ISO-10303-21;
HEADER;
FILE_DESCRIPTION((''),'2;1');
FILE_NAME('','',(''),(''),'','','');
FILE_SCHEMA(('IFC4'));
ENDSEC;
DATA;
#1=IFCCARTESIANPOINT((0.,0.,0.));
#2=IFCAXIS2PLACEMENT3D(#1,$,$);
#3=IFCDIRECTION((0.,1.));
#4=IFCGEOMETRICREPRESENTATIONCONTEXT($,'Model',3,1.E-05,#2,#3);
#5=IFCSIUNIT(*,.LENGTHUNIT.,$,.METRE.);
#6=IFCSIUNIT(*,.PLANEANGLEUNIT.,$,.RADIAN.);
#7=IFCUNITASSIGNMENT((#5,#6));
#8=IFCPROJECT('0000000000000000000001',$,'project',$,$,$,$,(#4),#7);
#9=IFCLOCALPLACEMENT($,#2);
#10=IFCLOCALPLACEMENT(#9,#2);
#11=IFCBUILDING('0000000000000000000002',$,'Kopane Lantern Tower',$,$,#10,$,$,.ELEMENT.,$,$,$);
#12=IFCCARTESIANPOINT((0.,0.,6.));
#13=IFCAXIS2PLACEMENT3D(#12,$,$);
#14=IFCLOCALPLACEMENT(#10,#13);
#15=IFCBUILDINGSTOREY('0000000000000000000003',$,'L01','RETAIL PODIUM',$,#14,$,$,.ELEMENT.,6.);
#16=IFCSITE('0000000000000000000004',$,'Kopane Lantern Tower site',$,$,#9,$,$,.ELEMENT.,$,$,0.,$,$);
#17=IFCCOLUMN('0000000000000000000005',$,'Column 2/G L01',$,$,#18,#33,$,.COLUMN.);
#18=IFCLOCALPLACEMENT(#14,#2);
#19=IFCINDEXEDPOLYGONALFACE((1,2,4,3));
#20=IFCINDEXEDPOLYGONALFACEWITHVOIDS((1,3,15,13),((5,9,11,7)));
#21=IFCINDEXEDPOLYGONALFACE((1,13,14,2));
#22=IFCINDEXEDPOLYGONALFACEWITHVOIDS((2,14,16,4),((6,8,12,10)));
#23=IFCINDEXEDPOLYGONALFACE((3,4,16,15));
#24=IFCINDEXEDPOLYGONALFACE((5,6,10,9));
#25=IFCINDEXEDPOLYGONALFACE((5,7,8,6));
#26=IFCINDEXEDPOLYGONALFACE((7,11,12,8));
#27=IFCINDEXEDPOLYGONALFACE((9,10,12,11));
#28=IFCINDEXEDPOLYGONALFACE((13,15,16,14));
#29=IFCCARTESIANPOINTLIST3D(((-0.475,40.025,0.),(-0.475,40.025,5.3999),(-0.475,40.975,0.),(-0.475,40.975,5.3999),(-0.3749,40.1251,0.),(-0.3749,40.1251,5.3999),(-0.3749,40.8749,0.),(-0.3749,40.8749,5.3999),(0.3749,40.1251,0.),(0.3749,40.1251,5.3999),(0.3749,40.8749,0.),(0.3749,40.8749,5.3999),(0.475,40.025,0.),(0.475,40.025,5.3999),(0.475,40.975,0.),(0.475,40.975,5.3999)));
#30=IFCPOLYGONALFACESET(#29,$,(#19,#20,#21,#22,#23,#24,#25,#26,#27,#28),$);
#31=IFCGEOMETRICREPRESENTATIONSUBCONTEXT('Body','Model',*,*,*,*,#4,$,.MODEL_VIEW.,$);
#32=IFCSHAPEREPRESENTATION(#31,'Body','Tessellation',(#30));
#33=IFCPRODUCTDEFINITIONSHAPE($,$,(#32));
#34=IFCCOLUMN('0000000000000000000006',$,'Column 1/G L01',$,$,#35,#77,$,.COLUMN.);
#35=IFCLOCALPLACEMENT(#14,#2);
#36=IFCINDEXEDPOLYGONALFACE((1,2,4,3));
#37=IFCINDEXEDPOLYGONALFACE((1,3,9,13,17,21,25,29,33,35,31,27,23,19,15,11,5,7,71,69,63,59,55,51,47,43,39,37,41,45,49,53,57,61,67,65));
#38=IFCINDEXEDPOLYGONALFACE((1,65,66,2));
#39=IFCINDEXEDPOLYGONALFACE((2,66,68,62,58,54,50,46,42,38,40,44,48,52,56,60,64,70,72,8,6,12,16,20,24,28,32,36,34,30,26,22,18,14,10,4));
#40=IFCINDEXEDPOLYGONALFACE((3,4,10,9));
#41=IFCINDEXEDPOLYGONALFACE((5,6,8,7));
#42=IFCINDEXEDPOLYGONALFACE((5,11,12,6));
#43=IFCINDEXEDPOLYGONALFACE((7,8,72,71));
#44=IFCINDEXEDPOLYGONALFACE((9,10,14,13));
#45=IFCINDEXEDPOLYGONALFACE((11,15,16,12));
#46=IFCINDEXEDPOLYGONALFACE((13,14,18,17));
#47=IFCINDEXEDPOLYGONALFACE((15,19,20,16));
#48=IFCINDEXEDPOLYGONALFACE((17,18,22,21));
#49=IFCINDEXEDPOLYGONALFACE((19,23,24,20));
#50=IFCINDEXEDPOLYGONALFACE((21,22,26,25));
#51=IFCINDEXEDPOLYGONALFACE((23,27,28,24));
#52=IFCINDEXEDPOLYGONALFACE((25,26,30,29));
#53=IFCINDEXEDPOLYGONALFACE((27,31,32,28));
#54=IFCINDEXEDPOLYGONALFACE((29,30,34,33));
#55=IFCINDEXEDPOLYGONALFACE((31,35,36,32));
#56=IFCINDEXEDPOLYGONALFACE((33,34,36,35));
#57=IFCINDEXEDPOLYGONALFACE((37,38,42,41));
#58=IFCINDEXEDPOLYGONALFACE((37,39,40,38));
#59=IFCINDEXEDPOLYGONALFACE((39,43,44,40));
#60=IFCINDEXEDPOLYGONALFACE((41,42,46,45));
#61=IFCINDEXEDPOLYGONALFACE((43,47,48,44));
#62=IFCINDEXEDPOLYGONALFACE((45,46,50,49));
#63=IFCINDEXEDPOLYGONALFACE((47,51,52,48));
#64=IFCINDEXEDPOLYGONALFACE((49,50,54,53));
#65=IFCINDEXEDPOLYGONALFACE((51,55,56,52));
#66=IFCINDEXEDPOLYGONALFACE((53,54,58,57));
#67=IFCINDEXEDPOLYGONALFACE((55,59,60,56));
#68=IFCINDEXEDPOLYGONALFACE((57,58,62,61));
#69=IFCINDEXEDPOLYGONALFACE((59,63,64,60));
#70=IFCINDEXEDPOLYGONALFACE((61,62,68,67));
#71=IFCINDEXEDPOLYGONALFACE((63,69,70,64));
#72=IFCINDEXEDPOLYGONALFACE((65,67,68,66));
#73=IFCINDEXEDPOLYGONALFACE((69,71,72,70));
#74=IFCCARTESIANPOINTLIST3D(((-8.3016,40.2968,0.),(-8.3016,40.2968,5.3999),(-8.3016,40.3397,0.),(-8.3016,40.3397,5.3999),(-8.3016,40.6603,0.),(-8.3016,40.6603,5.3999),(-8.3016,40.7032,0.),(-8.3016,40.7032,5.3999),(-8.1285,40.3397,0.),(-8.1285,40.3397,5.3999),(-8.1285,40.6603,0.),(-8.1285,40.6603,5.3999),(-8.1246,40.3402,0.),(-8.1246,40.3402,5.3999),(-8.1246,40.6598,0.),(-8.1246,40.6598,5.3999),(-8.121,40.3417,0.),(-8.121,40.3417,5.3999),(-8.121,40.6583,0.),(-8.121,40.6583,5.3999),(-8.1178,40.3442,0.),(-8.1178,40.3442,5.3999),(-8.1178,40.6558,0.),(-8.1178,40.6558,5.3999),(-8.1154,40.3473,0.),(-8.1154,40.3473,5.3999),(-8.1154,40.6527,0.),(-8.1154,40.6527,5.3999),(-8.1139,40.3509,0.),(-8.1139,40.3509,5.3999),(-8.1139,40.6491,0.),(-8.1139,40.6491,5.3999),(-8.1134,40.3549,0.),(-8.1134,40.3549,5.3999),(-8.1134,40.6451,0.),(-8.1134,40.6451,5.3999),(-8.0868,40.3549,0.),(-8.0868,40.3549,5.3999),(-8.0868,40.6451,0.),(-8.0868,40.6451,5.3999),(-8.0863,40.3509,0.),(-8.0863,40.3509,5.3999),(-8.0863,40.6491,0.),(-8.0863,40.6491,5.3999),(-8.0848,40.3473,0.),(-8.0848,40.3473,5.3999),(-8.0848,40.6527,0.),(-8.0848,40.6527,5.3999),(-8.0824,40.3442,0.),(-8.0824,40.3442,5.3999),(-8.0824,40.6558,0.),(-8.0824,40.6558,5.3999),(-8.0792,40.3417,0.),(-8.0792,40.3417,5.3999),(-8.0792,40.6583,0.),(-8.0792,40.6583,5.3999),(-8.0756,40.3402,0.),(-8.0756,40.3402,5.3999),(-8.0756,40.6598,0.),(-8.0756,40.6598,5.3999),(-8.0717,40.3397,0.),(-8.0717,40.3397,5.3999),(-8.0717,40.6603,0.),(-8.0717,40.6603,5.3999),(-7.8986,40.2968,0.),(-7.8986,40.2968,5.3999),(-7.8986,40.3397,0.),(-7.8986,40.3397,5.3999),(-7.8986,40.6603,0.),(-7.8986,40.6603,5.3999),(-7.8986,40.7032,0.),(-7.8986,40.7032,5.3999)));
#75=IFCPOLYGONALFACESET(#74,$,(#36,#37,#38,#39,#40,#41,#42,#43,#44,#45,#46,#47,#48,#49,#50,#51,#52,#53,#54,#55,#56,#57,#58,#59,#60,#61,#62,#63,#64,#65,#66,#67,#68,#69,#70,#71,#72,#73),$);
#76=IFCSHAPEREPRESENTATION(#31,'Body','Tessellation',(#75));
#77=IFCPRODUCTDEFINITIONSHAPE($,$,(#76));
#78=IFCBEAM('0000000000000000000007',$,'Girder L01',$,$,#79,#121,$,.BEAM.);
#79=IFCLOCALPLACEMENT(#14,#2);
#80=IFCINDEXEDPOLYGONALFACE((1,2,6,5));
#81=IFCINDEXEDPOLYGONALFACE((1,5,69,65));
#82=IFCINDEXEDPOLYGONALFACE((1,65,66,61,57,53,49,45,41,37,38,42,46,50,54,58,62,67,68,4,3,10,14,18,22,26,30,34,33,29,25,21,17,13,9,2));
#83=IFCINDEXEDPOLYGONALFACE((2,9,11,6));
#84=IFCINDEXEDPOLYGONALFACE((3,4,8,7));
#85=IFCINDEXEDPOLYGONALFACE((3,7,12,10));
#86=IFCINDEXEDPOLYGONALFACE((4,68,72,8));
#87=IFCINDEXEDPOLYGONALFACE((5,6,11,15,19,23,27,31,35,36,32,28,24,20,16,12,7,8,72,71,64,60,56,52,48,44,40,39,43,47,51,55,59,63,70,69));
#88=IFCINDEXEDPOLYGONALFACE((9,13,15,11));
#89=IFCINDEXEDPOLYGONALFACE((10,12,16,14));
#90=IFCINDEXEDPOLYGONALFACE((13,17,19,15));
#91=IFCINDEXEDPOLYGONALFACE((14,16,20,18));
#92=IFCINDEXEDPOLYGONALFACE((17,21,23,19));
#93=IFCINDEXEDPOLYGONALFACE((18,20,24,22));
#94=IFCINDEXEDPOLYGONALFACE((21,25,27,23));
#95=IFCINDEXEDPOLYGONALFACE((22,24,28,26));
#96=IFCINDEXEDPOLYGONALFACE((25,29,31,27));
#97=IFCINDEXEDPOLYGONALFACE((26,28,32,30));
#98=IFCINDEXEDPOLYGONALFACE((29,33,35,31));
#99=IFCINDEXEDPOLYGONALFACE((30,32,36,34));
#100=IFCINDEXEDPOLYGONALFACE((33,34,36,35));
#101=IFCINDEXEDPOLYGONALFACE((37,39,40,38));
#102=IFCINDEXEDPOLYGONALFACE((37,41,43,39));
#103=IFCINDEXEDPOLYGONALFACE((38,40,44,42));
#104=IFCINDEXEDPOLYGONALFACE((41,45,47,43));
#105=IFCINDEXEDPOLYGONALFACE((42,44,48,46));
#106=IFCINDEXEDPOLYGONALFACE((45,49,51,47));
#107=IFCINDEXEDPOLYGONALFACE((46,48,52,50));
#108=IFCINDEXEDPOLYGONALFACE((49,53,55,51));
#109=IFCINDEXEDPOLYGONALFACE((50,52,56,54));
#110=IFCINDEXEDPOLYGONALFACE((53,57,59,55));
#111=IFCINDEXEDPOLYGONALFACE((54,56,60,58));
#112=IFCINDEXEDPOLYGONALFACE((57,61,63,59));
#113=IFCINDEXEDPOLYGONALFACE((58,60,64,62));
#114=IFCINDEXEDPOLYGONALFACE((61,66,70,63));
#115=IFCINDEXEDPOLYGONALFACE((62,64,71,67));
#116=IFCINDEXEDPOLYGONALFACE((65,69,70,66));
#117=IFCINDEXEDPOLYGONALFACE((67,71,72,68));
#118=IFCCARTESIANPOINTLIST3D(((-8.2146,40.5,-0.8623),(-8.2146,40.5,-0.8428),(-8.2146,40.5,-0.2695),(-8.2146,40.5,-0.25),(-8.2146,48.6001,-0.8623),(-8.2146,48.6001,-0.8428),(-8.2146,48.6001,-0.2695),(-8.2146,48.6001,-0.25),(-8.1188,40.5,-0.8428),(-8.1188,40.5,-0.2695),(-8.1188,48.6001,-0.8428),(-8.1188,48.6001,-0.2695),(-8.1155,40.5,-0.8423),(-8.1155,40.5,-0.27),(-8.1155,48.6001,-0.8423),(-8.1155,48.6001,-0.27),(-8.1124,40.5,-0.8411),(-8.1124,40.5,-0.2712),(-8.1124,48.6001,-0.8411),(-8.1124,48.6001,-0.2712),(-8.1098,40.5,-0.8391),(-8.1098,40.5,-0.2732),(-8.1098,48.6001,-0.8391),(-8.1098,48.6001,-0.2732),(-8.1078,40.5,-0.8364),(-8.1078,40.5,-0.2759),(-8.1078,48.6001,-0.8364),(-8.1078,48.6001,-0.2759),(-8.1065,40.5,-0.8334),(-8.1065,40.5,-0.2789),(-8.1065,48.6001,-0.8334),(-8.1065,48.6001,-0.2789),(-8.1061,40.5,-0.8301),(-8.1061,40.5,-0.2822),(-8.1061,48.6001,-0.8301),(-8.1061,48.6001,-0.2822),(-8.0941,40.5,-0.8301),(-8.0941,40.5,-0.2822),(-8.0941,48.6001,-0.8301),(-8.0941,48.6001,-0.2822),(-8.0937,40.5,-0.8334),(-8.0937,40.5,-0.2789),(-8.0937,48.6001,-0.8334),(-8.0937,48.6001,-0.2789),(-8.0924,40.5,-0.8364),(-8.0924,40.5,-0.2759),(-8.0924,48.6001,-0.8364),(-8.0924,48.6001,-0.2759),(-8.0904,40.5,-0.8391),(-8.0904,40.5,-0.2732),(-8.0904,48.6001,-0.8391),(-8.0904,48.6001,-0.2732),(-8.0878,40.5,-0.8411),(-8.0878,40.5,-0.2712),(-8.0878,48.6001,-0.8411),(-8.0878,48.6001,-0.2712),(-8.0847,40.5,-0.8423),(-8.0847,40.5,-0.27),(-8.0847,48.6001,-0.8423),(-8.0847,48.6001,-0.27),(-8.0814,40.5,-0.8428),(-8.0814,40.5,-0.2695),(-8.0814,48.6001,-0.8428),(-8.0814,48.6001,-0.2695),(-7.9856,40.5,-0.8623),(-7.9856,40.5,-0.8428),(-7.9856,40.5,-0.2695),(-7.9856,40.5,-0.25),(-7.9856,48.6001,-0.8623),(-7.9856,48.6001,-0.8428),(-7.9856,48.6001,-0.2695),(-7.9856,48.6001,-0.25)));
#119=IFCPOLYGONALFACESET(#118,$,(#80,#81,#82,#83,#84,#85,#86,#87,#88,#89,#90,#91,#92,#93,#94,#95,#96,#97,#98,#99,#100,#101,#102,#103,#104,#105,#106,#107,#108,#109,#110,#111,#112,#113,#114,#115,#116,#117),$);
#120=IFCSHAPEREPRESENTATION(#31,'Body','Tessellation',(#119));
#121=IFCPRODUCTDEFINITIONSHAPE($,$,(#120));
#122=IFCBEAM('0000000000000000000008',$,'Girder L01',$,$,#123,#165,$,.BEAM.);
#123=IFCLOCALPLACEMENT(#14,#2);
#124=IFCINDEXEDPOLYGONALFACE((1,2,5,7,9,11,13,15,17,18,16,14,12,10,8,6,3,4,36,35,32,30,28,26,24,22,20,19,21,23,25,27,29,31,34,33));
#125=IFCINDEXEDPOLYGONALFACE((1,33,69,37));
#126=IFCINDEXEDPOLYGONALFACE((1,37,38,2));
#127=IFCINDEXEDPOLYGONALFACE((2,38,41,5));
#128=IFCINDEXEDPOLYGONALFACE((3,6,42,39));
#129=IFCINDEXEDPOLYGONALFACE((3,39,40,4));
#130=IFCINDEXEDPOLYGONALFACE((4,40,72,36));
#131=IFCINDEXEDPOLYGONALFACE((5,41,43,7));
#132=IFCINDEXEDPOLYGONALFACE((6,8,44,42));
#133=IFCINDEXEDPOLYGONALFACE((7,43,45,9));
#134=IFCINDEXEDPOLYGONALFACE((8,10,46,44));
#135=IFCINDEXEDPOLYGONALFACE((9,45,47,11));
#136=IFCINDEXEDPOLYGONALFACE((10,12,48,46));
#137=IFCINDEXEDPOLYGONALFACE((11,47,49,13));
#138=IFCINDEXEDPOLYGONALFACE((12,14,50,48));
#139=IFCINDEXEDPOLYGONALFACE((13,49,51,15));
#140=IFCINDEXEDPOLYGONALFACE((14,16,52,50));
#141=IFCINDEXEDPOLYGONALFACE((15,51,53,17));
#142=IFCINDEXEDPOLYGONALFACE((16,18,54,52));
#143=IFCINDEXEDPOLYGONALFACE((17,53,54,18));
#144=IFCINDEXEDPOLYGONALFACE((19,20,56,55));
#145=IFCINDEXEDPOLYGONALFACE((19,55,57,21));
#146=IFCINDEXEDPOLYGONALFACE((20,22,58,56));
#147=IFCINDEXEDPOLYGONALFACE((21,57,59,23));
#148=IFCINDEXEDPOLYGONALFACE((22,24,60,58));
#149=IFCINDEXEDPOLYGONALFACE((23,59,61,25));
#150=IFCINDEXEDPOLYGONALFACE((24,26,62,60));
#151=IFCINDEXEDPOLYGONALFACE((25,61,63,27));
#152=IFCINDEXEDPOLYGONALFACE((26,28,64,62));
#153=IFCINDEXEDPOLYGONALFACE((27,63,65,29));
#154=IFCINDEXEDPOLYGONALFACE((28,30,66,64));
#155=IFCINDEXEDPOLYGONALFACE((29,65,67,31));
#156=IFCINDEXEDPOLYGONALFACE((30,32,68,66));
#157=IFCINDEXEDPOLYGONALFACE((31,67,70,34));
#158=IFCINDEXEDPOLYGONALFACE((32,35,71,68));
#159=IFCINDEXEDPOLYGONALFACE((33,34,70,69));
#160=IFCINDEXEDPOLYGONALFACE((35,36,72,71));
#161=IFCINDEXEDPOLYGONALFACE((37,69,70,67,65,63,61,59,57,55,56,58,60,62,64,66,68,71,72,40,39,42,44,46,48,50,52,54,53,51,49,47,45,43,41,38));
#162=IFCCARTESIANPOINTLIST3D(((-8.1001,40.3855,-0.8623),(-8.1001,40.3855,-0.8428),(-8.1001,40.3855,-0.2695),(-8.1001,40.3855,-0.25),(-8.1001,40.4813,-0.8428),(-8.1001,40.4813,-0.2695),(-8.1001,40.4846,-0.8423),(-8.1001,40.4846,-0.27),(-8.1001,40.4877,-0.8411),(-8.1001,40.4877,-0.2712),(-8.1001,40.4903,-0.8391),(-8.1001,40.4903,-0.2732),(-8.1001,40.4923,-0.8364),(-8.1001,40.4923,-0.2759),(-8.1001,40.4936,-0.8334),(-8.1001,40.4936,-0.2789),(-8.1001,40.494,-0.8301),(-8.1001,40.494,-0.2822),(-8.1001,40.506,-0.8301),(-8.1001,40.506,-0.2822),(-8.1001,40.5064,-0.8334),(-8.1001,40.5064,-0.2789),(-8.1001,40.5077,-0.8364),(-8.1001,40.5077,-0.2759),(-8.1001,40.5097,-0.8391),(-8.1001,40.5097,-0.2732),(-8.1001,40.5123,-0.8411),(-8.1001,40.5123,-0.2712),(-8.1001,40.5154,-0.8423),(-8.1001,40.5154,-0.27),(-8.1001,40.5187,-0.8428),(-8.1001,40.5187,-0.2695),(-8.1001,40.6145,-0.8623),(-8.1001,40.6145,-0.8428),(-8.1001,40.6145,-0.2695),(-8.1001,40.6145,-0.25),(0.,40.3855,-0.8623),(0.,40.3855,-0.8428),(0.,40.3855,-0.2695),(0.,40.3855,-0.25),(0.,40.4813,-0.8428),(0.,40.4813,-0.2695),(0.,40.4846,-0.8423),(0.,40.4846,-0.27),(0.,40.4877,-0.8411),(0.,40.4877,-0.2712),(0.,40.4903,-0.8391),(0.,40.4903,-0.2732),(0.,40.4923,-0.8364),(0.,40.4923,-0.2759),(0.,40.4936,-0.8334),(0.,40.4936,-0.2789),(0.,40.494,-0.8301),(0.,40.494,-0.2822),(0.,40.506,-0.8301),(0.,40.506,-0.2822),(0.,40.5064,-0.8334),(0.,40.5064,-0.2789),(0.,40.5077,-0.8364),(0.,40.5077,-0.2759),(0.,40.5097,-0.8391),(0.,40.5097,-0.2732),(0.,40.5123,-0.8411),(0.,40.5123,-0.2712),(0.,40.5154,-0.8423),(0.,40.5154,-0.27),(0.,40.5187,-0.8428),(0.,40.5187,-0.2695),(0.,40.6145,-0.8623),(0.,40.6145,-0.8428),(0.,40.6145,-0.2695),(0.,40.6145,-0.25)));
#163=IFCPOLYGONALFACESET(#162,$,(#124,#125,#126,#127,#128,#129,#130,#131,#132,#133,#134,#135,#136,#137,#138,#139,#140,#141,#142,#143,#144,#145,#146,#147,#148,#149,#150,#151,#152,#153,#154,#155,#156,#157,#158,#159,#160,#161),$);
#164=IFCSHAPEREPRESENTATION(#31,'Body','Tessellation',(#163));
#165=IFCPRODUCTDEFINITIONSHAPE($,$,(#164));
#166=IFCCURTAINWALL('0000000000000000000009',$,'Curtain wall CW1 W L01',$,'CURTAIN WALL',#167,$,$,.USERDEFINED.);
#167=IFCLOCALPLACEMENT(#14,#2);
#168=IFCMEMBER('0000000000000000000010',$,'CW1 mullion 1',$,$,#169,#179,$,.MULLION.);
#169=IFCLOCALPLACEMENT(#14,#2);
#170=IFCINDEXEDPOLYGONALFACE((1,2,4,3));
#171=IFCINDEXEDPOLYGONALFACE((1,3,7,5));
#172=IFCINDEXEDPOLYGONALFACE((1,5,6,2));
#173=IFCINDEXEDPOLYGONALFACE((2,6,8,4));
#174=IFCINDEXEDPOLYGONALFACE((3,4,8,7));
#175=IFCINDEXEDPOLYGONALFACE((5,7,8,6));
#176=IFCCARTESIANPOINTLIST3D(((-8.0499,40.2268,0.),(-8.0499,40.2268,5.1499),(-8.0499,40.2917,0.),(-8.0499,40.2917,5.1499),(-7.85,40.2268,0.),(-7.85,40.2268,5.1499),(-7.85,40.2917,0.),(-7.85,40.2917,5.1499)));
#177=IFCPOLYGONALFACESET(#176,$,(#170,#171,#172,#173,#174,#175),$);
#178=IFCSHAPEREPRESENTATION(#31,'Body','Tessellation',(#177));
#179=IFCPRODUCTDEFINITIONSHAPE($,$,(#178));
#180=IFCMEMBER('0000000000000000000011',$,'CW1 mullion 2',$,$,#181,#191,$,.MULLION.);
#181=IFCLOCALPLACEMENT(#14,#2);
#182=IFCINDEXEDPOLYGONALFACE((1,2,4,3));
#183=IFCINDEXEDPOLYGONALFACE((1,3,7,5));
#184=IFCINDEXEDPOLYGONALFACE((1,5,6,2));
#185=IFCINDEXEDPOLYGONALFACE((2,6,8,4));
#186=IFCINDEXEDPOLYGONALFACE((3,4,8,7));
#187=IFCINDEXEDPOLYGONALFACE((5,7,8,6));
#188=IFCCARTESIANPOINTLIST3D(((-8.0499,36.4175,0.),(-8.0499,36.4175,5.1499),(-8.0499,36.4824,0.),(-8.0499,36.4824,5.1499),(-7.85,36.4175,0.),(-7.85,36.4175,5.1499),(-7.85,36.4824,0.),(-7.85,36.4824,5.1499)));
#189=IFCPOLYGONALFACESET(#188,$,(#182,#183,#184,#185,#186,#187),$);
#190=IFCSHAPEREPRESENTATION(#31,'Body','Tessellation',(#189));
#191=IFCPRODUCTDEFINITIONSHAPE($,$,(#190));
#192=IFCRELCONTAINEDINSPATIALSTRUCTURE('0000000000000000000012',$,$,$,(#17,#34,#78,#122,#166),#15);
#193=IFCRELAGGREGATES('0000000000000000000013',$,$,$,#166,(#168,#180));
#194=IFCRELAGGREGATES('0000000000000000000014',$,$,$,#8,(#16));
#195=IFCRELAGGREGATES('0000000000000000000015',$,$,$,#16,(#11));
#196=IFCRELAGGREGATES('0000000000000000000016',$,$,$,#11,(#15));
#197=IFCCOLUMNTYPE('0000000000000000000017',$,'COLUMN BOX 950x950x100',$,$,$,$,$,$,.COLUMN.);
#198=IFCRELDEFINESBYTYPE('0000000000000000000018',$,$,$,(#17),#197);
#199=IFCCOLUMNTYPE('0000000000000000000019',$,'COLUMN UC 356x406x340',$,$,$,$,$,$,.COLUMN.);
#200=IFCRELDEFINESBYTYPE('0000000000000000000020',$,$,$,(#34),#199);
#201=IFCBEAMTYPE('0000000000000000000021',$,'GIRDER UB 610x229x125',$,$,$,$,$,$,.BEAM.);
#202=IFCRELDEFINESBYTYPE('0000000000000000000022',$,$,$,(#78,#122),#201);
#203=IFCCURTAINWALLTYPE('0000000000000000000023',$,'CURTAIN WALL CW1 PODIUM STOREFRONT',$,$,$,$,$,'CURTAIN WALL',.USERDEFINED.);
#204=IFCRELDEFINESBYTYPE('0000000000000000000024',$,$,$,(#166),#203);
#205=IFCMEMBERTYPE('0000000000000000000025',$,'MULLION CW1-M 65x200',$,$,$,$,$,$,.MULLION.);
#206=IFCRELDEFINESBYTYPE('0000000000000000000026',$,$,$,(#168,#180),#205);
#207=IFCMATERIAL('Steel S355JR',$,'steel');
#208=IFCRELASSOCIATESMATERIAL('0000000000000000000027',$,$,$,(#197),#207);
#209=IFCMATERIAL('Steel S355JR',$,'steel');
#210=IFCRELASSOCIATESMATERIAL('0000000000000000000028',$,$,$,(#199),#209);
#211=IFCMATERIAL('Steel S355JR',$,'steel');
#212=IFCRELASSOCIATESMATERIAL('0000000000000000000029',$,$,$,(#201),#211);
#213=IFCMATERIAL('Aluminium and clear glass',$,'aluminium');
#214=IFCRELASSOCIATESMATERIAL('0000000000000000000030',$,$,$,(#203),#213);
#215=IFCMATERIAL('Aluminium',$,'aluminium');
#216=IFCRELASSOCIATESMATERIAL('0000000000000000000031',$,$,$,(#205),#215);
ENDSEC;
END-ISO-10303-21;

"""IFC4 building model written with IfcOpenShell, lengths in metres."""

from ifc_helpers import new_model, si_unit, direction, frame, origin, origin_2d, place, context, subcontext, project, spatial, rectangle, hollow_rectangle, i_section, extrude, material, material_profile, profile_set, type_object, element, aggregate, save


model = new_model("IFC4")

# Units and contexts
model_context = context("Model", 3, precision=1e-05, world=origin(), true_north=direction((0.0, 1.0)))
body_context = subcontext(model_context, "Body", "Model", "MODEL_VIEW")
ifc_project = project(units=[si_unit("LENGTHUNIT", "METRE"), si_unit("PLANEANGLEUNIT", "RADIAN")], contexts=[model_context])

# Site, building, storey
site_placement = place(None, origin())
site = spatial("IfcSite", under=ifc_project, at=site_placement, Name="Kopane Lantern Tower site", CompositionType="ELEMENT", RefElevation=0.0)
building_placement = place(site_placement, origin())
building = spatial("IfcBuilding", under=site, at=building_placement, Name="Kopane Lantern Tower", CompositionType="ELEMENT")
storey_placement = place(building_placement, frame((0.0, 0.0, 6.0)))
storey = spatial("IfcBuildingStorey", under=building, at=storey_placement, Name="L01", Description="RETAIL PODIUM", CompositionType="ELEMENT", Elevation=6.0)

# Columns
ifc_material_1 = material(Name="Steel S355JR", Category="steel")
ifc_material_profile_1 = material_profile(ifc_material_1, hollow_rectangle(XDim=0.95, YDim=0.95, WallThickness=0.1001, at=origin_2d()), Name="BOX 950x950x100")
ifc_profile_set_1 = profile_set([ifc_material_profile_1], Name="Steel S355JR")
column_type_1 = type_object("IfcColumnType", Name="COLUMN BOX 950x950x100", PredefinedType="COLUMN", material=ifc_profile_set_1)
column_1_placement = place(storey_placement, frame((0.0, 40.5, 0.0), z_axis=(0.0, 0.0, 1.0), x_axis=(1.0, 0.0, 0.0)))
element("IfcColumn", 1, at=column_1_placement, inside=storey, type_object=column_type_1, Name="Column 2/G L01", PredefinedType="COLUMN", context=body_context, shape_type="SweptSolid", body=[
    extrude(hollow_rectangle(XDim=0.95, YDim=0.95, WallThickness=0.1001, at=origin_2d()), origin(), (0.0, 0.0, 1.0), 5.3999),
])
ifc_material_2 = material(Name="Steel S355JR", Category="steel")
ifc_material_profile_2 = material_profile(ifc_material_2, i_section(OverallWidth=0.4031, OverallDepth=0.4065, WebThickness=0.0266, FlangeThickness=0.043, FilletRadius=0.0151, at=origin_2d()), Name="UC 356x406x340")
ifc_profile_set_2 = profile_set([ifc_material_profile_2], Name="Steel S355JR")
column_type_2 = type_object("IfcColumnType", Name="COLUMN UC 356x406x340", PredefinedType="COLUMN", material=ifc_profile_set_2)
column_2_placement = place(storey_placement, frame((-8.1001, 40.5, 0.0), z_axis=(0.0, 0.0, 1.0), x_axis=(1.0, 0.0, 0.0)))
element("IfcColumn", 2, at=column_2_placement, inside=storey, type_object=column_type_2, Name="Column 1/G L01", PredefinedType="COLUMN", context=body_context, shape_type="SweptSolid", body=[
    extrude(i_section(OverallWidth=0.4031, OverallDepth=0.4065, WebThickness=0.0266, FlangeThickness=0.043, FilletRadius=0.0151, at=origin_2d()), origin(), (0.0, 0.0, 1.0), 5.3999),
])

# Beams
ifc_material_3 = material(Name="Steel S355JR", Category="steel")
ifc_material_profile_3 = material_profile(ifc_material_3, i_section(OverallWidth=0.229, OverallDepth=0.6123, WebThickness=0.012, FlangeThickness=0.0195, FilletRadius=0.0127, at=origin_2d()), Name="UB 610x229x125")
ifc_profile_set_3 = profile_set([ifc_material_profile_3], Name="Steel S355JR")
beam_type = type_object("IfcBeamType", Name="GIRDER UB 610x229x125", PredefinedType="BEAM", material=ifc_profile_set_3)
for number, where, z_axis, x_axis, name in (
    (3, (-8.1001, 40.5, -0.5562), (0.0, 1.0, 0.0), (-1.0, 0.0, 0.0), "Girder L01"),
    (4, (-8.1001, 40.5, -0.5562), (1.0, 0.0, 0.0), (0.0, 1.0, 0.0), "Girder L01"),
):
    element("IfcBeam", number, at=place(storey_placement, frame(where, z_axis=z_axis, x_axis=x_axis)), inside=storey, type_object=beam_type, Name=name, PredefinedType="BEAM", context=body_context, shape_type="SweptSolid", body=[
        extrude(i_section(OverallWidth=0.229, OverallDepth=0.6123, WebThickness=0.012, FlangeThickness=0.0195, FilletRadius=0.0127, at=origin_2d()), origin(), (0.0, 0.0, 1.0), 8.1001),
    ])

# Curtain wall, members
ifc_material_4 = material(Name="Aluminium and clear glass", Category="aluminium")
curtain_wall_type = type_object("IfcCurtainWallType", Name="CURTAIN WALL CW1 PODIUM STOREFRONT", ElementType="CURTAIN WALL", PredefinedType="USERDEFINED", material=ifc_material_4)
curtain_wall_placement = place(storey_placement, origin())
curtain_wall = element("IfcCurtainWall", 5, at=curtain_wall_placement, inside=storey, type_object=curtain_wall_type, Name="Curtain wall CW1 W L01", ObjectType="CURTAIN WALL", PredefinedType="USERDEFINED")
ifc_material_5 = material(Name="Aluminium", Category="aluminium")
ifc_material_profile_4 = material_profile(ifc_material_5, rectangle(XDim=0.0649, YDim=0.2, at=origin_2d()), Name="AL 65x200")
ifc_profile_set_4 = profile_set([ifc_material_profile_4], Name="Aluminium")
member_type_1 = type_object("IfcMemberType", Name="MULLION CW1-M 65x200", PredefinedType="MULLION", material=ifc_profile_set_4)
member_1_placement = place(storey_placement, frame((-7.95, 40.2593, 0.0), z_axis=(0.0, 0.0, 1.0), x_axis=(0.0, -1.0, 0.0)))
member_1 = element("IfcMember", 6, at=member_1_placement, type_object=member_type_1, Name="CW1 mullion 1", PredefinedType="MULLION", context=body_context, shape_type="SweptSolid", body=[
    extrude(rectangle(XDim=0.0649, YDim=0.2, at=origin_2d()), origin(), (0.0, 0.0, 1.0), 5.1499),
])
member_2_placement = place(storey_placement, frame((-7.95, 36.45, 0.0), z_axis=(0.0, 0.0, 1.0), x_axis=(0.0, -1.0, 0.0)))
member_2 = element("IfcMember", 7, at=member_2_placement, type_object=member_type_1, Name="CW1 mullion 2", PredefinedType="MULLION", context=body_context, shape_type="SweptSolid", body=[
    extrude(rectangle(XDim=0.0649, YDim=0.2, at=origin_2d()), origin(), (0.0, 0.0, 1.0), 5.1499),
])
aggregate(curtain_wall, [member_1, member_2])

save(model, "model.ifc")
